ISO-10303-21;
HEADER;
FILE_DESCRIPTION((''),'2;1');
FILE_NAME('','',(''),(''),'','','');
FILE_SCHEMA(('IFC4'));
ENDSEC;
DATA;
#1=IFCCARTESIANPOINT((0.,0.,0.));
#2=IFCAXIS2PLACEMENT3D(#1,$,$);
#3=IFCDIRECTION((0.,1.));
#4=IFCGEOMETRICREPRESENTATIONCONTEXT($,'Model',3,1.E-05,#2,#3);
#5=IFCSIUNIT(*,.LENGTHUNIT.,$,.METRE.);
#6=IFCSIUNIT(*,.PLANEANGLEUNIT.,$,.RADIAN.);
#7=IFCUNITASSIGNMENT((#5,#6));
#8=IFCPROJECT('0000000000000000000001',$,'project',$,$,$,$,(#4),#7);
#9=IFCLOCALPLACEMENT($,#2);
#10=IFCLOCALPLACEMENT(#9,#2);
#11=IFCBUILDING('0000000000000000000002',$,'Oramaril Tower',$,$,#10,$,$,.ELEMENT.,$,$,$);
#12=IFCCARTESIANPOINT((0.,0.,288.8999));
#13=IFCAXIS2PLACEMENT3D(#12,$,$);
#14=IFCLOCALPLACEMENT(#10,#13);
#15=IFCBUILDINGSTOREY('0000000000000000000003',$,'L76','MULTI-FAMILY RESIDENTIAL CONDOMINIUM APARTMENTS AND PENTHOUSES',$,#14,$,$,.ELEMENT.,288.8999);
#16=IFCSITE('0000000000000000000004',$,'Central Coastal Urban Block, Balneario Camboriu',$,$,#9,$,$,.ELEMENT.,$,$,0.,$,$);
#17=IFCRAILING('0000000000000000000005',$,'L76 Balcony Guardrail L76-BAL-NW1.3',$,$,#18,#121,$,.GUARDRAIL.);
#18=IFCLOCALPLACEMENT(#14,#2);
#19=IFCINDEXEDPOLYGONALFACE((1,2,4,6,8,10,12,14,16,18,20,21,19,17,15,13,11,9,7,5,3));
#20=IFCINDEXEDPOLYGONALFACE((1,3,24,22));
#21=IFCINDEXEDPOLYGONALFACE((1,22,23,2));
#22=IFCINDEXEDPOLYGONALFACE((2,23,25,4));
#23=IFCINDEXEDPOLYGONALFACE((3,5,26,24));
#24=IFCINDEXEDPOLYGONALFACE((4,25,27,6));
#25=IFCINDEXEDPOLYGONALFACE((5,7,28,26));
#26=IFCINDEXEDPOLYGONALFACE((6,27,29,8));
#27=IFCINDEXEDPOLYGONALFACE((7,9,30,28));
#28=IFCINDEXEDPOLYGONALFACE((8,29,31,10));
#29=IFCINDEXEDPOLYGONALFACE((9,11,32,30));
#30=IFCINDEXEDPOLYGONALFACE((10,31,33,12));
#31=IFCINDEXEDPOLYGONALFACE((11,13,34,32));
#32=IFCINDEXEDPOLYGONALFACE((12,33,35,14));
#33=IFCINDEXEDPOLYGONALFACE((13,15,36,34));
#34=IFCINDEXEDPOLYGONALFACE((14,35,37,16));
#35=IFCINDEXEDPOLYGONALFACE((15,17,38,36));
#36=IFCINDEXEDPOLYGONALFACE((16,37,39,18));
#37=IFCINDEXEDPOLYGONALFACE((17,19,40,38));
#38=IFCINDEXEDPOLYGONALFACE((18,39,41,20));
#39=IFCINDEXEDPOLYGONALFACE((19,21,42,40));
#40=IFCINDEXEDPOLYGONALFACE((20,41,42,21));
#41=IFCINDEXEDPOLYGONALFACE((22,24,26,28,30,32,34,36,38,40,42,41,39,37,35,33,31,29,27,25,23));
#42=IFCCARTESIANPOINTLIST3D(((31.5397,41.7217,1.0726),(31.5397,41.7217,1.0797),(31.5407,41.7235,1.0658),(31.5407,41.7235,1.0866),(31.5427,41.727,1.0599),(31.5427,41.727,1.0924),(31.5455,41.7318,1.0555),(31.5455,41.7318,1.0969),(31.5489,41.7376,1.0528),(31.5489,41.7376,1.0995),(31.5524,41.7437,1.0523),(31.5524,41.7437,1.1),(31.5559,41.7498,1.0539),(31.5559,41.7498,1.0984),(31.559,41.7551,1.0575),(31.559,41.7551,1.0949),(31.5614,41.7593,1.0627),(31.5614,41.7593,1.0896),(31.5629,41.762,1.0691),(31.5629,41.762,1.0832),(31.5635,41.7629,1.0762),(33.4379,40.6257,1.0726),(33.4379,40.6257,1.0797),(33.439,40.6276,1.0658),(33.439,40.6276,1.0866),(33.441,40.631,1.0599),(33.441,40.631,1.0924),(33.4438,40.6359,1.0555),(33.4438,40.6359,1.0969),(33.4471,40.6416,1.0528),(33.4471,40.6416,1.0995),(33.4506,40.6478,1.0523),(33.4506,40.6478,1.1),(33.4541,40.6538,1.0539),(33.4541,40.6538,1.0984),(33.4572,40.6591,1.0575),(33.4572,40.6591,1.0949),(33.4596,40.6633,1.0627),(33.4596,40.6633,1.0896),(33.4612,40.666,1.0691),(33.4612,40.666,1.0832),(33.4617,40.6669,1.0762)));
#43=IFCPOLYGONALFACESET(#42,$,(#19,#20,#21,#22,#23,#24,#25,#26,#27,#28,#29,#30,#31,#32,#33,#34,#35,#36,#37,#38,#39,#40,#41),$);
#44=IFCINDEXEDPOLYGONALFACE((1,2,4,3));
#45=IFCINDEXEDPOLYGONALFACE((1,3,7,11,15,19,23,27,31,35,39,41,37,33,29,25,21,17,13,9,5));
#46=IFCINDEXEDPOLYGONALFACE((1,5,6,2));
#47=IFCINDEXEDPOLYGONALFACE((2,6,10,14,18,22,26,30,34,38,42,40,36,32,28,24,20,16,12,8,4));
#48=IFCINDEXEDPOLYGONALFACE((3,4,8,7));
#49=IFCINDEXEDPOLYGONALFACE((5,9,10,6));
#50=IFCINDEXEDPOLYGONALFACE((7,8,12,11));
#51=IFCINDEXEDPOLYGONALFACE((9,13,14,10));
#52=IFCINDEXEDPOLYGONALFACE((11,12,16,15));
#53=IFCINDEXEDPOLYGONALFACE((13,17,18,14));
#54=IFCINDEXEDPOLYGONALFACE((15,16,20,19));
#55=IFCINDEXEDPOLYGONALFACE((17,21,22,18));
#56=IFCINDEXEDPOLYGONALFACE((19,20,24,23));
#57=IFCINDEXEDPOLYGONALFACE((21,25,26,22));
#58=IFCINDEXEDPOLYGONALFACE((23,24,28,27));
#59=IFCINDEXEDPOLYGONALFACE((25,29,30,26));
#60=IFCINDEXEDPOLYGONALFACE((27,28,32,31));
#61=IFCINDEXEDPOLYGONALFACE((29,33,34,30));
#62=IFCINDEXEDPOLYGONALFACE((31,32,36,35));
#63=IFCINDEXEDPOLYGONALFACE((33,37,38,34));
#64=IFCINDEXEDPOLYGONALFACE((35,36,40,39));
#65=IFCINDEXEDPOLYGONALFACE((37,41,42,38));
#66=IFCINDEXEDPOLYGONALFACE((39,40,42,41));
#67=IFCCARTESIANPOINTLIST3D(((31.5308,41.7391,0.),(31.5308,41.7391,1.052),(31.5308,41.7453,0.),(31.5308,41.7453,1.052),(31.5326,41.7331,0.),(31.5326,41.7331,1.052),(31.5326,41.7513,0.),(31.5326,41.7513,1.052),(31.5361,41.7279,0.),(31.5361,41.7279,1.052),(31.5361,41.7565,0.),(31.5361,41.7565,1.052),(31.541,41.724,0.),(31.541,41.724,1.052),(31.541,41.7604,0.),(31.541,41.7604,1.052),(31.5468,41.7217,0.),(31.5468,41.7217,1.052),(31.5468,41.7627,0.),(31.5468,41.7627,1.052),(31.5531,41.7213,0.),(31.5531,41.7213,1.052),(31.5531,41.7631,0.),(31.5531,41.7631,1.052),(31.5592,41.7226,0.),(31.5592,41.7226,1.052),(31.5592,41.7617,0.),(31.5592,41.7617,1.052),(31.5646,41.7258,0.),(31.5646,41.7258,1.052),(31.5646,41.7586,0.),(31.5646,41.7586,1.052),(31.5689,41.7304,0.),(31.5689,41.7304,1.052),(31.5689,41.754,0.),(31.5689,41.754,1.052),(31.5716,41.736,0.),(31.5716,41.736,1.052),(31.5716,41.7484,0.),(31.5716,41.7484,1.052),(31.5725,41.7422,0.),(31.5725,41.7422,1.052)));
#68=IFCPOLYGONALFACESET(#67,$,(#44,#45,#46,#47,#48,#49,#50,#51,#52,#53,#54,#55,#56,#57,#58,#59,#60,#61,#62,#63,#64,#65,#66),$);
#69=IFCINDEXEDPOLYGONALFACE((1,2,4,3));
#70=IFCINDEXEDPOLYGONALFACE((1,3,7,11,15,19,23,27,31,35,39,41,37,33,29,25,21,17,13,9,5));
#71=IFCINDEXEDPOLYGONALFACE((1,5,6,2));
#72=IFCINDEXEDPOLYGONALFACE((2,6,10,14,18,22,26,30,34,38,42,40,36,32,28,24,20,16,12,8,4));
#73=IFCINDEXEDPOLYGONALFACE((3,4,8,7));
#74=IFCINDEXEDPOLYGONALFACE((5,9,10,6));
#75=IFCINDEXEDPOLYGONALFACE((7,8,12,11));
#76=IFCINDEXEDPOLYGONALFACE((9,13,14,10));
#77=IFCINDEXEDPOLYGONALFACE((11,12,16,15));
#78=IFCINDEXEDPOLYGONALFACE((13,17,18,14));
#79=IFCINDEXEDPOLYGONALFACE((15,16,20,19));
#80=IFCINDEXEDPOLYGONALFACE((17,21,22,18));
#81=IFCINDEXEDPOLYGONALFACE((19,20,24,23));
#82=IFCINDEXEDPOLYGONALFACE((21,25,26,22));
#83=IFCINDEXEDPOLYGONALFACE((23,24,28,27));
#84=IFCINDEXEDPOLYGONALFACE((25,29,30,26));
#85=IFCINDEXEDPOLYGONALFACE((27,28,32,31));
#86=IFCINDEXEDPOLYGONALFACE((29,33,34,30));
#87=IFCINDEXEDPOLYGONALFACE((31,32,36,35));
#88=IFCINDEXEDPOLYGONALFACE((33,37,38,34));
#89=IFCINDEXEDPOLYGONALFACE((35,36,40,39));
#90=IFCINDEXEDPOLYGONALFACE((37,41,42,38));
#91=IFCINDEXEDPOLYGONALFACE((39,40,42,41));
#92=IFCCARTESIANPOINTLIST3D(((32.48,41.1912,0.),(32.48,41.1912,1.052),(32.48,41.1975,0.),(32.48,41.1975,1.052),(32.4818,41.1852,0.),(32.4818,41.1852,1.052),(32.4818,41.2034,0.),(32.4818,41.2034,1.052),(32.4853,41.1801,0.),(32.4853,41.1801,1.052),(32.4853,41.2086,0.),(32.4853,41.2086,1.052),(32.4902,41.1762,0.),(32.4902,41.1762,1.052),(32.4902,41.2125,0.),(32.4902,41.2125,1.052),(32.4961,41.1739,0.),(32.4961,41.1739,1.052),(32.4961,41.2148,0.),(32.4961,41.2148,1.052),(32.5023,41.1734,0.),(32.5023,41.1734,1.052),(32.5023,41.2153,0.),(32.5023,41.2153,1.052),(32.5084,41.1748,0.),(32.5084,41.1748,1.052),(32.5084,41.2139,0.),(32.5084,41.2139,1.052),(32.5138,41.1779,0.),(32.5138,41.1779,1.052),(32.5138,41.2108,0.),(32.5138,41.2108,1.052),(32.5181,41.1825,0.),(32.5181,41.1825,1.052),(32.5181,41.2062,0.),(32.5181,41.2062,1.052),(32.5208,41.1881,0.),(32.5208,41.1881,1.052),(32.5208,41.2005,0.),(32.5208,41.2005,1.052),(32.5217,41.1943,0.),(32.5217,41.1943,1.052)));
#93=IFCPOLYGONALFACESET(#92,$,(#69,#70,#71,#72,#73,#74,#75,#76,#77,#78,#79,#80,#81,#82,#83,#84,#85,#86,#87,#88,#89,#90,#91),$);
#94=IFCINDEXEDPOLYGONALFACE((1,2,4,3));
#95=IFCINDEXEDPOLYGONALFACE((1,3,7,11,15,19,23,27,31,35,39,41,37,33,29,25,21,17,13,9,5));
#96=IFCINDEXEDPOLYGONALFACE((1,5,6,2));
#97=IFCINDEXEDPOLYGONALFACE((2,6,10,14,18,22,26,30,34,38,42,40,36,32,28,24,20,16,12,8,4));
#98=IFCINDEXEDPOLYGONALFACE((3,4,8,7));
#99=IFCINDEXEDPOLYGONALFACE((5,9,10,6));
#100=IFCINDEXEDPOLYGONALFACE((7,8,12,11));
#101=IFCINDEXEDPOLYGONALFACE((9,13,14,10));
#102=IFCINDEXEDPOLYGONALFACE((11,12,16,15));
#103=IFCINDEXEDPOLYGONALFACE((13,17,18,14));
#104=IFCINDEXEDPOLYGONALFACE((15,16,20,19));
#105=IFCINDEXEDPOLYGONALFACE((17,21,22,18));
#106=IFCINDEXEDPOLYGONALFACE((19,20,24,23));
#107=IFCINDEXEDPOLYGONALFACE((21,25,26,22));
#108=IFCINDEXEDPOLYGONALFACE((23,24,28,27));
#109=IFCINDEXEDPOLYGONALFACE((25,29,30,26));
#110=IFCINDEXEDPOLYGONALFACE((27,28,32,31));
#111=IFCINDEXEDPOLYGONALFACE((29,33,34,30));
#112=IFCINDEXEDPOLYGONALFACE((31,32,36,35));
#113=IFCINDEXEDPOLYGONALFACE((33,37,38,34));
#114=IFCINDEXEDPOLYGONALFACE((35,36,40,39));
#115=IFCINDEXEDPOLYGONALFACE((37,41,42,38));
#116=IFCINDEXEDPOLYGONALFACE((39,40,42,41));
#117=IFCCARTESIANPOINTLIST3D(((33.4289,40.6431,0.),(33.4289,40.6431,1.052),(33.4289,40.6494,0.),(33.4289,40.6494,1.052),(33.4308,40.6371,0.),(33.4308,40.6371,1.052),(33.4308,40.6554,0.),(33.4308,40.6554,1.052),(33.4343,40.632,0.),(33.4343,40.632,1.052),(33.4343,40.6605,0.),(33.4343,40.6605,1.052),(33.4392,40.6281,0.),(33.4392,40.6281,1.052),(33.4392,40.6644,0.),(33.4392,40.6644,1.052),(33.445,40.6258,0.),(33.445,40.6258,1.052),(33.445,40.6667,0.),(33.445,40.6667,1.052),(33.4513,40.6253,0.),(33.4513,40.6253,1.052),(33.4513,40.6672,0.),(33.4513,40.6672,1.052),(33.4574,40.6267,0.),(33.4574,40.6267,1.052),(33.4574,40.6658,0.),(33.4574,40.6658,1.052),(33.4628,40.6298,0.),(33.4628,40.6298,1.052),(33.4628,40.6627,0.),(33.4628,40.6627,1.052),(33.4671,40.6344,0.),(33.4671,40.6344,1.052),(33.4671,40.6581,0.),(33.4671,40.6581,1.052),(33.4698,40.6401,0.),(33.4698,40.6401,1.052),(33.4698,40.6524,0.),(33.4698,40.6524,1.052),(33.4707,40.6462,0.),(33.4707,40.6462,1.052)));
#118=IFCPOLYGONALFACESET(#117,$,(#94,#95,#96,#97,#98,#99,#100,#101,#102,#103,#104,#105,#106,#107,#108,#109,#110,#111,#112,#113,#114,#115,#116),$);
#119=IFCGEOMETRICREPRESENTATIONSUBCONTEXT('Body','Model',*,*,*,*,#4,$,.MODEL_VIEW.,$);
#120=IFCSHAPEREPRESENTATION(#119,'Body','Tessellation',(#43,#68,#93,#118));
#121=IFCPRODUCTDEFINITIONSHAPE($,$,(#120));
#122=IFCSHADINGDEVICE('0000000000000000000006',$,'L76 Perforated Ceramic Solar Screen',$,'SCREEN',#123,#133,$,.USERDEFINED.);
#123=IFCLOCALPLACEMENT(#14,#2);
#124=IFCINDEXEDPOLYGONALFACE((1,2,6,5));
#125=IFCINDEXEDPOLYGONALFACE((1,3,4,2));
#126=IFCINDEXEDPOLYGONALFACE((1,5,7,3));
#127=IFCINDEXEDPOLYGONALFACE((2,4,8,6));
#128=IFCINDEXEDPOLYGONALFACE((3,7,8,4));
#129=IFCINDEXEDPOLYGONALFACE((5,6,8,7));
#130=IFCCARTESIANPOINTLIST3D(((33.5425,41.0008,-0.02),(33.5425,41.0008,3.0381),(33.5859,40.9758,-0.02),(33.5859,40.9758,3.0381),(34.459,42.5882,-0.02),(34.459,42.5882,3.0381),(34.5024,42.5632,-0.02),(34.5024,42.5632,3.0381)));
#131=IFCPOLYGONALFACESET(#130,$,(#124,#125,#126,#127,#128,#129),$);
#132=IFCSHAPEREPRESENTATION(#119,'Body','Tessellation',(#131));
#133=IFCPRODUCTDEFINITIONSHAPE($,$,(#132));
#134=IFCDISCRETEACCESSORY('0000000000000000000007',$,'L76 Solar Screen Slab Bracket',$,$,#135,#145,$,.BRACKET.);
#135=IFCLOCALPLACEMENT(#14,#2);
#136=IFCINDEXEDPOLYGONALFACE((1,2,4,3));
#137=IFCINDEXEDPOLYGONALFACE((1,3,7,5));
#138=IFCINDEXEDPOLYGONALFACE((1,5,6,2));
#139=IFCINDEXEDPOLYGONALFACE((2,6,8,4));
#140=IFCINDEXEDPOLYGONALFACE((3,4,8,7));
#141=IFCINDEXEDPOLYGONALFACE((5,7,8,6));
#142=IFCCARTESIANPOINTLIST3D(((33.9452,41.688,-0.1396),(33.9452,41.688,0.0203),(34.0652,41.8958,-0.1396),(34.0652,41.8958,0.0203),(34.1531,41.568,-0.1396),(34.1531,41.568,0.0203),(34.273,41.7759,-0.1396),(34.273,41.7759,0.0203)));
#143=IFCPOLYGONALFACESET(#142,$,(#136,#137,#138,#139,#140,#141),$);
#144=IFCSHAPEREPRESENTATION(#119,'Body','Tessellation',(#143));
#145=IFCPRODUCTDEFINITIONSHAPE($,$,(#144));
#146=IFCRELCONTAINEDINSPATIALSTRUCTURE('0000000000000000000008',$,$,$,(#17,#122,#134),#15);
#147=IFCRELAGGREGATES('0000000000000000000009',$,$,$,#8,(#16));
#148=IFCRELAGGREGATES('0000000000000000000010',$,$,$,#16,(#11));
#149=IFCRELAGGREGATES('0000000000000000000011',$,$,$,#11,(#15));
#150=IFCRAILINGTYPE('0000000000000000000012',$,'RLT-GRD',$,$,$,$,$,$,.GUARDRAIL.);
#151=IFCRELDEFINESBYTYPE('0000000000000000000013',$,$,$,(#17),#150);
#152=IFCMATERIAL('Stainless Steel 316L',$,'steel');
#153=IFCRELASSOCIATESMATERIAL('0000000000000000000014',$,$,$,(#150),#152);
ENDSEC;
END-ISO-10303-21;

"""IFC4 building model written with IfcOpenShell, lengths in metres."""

from ifc_helpers import new_model, si_unit, direction, frame, origin, origin_2d, place, context, subcontext, project, spatial, rectangle, circle, extrude, material, type_object, element, save


model = new_model("IFC4")

# Units and contexts
model_context = context("Model", 3, precision=1e-05, world=origin(), true_north=direction((0.0, 1.0)))
body_context = subcontext(model_context, "Body", "Model", "MODEL_VIEW")
ifc_project = project(units=[si_unit("LENGTHUNIT", "METRE"), si_unit("PLANEANGLEUNIT", "RADIAN")], contexts=[model_context])

# Site, building, storey
site_placement = place(None, origin())
site = spatial("IfcSite", under=ifc_project, at=site_placement, Name="Central Coastal Urban Block, Balneario Camboriu", CompositionType="ELEMENT", RefElevation=0.0)
building_placement = place(site_placement, origin())
building = spatial("IfcBuilding", under=site, at=building_placement, Name="Oramaril Tower", CompositionType="ELEMENT")
storey_placement = place(building_placement, frame((0.0, 0.0, 288.8999)))
storey = spatial("IfcBuildingStorey", under=building, at=storey_placement, Name="L76", Description="MULTI-FAMILY RESIDENTIAL CONDOMINIUM APARTMENTS AND PENTHOUSES", CompositionType="ELEMENT", Elevation=288.8999)

# Railing
ifc_material_1 = material(Name="Stainless Steel 316L", Category="steel")
railing_type = type_object("IfcRailingType", Name="RLT-GRD", PredefinedType="GUARDRAIL", material=ifc_material_1)
railing_placement = place(storey_placement, frame((31.5515, 41.7422, 0.0)))
element("IfcRailing", 1, at=railing_placement, inside=storey, type_object=railing_type, Name="L76 Balcony Guardrail L76-BAL-NW1.3", PredefinedType="GUARDRAIL", context=body_context, shape_type="SweptSolid", body=[
    extrude(circle(Radius=0.0239, at=origin_2d()), frame((0.0, 0.0, 1.0762), z_axis=(0.866021, -0.500008, 0.0), x_axis=(0.500008, 0.866021, 0.0)), (0.0, 0.0, 1.0), 2.1919),
    extrude(circle(Radius=0.021, at=origin_2d()), origin(), (0.0, 0.0, 1.0), 1.052),
    extrude(circle(Radius=0.021, at=origin_2d()), frame((0.9492, -0.5479, 0.0)), (0.0, 0.0, 1.0), 1.052),
    extrude(circle(Radius=0.021, at=origin_2d()), frame((1.8982, -1.0959, 0.0)), (0.0, 0.0, 1.0), 1.052),
])

# Shading device
shading_device_placement = place(storey_placement, frame((34.0225, 41.782, -0.02), z_axis=(0.0, 0.0, 1.0), x_axis=(-0.499998, -0.866026, 0.0)))
element("IfcShadingDevice", 2, at=shading_device_placement, inside=storey, Name="L76 Perforated Ceramic Solar Screen", ObjectType="SCREEN", PredefinedType="USERDEFINED", context=body_context, shape_type="SweptSolid", body=[
    extrude(rectangle(XDim=1.833, YDim=0.05, at=origin_2d()), origin(), (0.0, 0.0, 1.0), 3.0581),
])

# Discrete accessory
discrete_accessory_placement = place(storey_placement, frame((34.1091, 41.7319, -0.1396), z_axis=(0.0, 0.0, 1.0), x_axis=(-0.499998, -0.866026, 0.0)))
element("IfcDiscreteAccessory", 3, at=discrete_accessory_placement, inside=storey, Name="L76 Solar Screen Slab Bracket", PredefinedType="BRACKET", context=body_context, shape_type="SweptSolid", body=[
    extrude(rectangle(XDim=0.24, YDim=0.24, at=origin_2d()), origin(), (0.0, 0.0, 1.0), 0.1599),
])

save(model, "model.ifc")
